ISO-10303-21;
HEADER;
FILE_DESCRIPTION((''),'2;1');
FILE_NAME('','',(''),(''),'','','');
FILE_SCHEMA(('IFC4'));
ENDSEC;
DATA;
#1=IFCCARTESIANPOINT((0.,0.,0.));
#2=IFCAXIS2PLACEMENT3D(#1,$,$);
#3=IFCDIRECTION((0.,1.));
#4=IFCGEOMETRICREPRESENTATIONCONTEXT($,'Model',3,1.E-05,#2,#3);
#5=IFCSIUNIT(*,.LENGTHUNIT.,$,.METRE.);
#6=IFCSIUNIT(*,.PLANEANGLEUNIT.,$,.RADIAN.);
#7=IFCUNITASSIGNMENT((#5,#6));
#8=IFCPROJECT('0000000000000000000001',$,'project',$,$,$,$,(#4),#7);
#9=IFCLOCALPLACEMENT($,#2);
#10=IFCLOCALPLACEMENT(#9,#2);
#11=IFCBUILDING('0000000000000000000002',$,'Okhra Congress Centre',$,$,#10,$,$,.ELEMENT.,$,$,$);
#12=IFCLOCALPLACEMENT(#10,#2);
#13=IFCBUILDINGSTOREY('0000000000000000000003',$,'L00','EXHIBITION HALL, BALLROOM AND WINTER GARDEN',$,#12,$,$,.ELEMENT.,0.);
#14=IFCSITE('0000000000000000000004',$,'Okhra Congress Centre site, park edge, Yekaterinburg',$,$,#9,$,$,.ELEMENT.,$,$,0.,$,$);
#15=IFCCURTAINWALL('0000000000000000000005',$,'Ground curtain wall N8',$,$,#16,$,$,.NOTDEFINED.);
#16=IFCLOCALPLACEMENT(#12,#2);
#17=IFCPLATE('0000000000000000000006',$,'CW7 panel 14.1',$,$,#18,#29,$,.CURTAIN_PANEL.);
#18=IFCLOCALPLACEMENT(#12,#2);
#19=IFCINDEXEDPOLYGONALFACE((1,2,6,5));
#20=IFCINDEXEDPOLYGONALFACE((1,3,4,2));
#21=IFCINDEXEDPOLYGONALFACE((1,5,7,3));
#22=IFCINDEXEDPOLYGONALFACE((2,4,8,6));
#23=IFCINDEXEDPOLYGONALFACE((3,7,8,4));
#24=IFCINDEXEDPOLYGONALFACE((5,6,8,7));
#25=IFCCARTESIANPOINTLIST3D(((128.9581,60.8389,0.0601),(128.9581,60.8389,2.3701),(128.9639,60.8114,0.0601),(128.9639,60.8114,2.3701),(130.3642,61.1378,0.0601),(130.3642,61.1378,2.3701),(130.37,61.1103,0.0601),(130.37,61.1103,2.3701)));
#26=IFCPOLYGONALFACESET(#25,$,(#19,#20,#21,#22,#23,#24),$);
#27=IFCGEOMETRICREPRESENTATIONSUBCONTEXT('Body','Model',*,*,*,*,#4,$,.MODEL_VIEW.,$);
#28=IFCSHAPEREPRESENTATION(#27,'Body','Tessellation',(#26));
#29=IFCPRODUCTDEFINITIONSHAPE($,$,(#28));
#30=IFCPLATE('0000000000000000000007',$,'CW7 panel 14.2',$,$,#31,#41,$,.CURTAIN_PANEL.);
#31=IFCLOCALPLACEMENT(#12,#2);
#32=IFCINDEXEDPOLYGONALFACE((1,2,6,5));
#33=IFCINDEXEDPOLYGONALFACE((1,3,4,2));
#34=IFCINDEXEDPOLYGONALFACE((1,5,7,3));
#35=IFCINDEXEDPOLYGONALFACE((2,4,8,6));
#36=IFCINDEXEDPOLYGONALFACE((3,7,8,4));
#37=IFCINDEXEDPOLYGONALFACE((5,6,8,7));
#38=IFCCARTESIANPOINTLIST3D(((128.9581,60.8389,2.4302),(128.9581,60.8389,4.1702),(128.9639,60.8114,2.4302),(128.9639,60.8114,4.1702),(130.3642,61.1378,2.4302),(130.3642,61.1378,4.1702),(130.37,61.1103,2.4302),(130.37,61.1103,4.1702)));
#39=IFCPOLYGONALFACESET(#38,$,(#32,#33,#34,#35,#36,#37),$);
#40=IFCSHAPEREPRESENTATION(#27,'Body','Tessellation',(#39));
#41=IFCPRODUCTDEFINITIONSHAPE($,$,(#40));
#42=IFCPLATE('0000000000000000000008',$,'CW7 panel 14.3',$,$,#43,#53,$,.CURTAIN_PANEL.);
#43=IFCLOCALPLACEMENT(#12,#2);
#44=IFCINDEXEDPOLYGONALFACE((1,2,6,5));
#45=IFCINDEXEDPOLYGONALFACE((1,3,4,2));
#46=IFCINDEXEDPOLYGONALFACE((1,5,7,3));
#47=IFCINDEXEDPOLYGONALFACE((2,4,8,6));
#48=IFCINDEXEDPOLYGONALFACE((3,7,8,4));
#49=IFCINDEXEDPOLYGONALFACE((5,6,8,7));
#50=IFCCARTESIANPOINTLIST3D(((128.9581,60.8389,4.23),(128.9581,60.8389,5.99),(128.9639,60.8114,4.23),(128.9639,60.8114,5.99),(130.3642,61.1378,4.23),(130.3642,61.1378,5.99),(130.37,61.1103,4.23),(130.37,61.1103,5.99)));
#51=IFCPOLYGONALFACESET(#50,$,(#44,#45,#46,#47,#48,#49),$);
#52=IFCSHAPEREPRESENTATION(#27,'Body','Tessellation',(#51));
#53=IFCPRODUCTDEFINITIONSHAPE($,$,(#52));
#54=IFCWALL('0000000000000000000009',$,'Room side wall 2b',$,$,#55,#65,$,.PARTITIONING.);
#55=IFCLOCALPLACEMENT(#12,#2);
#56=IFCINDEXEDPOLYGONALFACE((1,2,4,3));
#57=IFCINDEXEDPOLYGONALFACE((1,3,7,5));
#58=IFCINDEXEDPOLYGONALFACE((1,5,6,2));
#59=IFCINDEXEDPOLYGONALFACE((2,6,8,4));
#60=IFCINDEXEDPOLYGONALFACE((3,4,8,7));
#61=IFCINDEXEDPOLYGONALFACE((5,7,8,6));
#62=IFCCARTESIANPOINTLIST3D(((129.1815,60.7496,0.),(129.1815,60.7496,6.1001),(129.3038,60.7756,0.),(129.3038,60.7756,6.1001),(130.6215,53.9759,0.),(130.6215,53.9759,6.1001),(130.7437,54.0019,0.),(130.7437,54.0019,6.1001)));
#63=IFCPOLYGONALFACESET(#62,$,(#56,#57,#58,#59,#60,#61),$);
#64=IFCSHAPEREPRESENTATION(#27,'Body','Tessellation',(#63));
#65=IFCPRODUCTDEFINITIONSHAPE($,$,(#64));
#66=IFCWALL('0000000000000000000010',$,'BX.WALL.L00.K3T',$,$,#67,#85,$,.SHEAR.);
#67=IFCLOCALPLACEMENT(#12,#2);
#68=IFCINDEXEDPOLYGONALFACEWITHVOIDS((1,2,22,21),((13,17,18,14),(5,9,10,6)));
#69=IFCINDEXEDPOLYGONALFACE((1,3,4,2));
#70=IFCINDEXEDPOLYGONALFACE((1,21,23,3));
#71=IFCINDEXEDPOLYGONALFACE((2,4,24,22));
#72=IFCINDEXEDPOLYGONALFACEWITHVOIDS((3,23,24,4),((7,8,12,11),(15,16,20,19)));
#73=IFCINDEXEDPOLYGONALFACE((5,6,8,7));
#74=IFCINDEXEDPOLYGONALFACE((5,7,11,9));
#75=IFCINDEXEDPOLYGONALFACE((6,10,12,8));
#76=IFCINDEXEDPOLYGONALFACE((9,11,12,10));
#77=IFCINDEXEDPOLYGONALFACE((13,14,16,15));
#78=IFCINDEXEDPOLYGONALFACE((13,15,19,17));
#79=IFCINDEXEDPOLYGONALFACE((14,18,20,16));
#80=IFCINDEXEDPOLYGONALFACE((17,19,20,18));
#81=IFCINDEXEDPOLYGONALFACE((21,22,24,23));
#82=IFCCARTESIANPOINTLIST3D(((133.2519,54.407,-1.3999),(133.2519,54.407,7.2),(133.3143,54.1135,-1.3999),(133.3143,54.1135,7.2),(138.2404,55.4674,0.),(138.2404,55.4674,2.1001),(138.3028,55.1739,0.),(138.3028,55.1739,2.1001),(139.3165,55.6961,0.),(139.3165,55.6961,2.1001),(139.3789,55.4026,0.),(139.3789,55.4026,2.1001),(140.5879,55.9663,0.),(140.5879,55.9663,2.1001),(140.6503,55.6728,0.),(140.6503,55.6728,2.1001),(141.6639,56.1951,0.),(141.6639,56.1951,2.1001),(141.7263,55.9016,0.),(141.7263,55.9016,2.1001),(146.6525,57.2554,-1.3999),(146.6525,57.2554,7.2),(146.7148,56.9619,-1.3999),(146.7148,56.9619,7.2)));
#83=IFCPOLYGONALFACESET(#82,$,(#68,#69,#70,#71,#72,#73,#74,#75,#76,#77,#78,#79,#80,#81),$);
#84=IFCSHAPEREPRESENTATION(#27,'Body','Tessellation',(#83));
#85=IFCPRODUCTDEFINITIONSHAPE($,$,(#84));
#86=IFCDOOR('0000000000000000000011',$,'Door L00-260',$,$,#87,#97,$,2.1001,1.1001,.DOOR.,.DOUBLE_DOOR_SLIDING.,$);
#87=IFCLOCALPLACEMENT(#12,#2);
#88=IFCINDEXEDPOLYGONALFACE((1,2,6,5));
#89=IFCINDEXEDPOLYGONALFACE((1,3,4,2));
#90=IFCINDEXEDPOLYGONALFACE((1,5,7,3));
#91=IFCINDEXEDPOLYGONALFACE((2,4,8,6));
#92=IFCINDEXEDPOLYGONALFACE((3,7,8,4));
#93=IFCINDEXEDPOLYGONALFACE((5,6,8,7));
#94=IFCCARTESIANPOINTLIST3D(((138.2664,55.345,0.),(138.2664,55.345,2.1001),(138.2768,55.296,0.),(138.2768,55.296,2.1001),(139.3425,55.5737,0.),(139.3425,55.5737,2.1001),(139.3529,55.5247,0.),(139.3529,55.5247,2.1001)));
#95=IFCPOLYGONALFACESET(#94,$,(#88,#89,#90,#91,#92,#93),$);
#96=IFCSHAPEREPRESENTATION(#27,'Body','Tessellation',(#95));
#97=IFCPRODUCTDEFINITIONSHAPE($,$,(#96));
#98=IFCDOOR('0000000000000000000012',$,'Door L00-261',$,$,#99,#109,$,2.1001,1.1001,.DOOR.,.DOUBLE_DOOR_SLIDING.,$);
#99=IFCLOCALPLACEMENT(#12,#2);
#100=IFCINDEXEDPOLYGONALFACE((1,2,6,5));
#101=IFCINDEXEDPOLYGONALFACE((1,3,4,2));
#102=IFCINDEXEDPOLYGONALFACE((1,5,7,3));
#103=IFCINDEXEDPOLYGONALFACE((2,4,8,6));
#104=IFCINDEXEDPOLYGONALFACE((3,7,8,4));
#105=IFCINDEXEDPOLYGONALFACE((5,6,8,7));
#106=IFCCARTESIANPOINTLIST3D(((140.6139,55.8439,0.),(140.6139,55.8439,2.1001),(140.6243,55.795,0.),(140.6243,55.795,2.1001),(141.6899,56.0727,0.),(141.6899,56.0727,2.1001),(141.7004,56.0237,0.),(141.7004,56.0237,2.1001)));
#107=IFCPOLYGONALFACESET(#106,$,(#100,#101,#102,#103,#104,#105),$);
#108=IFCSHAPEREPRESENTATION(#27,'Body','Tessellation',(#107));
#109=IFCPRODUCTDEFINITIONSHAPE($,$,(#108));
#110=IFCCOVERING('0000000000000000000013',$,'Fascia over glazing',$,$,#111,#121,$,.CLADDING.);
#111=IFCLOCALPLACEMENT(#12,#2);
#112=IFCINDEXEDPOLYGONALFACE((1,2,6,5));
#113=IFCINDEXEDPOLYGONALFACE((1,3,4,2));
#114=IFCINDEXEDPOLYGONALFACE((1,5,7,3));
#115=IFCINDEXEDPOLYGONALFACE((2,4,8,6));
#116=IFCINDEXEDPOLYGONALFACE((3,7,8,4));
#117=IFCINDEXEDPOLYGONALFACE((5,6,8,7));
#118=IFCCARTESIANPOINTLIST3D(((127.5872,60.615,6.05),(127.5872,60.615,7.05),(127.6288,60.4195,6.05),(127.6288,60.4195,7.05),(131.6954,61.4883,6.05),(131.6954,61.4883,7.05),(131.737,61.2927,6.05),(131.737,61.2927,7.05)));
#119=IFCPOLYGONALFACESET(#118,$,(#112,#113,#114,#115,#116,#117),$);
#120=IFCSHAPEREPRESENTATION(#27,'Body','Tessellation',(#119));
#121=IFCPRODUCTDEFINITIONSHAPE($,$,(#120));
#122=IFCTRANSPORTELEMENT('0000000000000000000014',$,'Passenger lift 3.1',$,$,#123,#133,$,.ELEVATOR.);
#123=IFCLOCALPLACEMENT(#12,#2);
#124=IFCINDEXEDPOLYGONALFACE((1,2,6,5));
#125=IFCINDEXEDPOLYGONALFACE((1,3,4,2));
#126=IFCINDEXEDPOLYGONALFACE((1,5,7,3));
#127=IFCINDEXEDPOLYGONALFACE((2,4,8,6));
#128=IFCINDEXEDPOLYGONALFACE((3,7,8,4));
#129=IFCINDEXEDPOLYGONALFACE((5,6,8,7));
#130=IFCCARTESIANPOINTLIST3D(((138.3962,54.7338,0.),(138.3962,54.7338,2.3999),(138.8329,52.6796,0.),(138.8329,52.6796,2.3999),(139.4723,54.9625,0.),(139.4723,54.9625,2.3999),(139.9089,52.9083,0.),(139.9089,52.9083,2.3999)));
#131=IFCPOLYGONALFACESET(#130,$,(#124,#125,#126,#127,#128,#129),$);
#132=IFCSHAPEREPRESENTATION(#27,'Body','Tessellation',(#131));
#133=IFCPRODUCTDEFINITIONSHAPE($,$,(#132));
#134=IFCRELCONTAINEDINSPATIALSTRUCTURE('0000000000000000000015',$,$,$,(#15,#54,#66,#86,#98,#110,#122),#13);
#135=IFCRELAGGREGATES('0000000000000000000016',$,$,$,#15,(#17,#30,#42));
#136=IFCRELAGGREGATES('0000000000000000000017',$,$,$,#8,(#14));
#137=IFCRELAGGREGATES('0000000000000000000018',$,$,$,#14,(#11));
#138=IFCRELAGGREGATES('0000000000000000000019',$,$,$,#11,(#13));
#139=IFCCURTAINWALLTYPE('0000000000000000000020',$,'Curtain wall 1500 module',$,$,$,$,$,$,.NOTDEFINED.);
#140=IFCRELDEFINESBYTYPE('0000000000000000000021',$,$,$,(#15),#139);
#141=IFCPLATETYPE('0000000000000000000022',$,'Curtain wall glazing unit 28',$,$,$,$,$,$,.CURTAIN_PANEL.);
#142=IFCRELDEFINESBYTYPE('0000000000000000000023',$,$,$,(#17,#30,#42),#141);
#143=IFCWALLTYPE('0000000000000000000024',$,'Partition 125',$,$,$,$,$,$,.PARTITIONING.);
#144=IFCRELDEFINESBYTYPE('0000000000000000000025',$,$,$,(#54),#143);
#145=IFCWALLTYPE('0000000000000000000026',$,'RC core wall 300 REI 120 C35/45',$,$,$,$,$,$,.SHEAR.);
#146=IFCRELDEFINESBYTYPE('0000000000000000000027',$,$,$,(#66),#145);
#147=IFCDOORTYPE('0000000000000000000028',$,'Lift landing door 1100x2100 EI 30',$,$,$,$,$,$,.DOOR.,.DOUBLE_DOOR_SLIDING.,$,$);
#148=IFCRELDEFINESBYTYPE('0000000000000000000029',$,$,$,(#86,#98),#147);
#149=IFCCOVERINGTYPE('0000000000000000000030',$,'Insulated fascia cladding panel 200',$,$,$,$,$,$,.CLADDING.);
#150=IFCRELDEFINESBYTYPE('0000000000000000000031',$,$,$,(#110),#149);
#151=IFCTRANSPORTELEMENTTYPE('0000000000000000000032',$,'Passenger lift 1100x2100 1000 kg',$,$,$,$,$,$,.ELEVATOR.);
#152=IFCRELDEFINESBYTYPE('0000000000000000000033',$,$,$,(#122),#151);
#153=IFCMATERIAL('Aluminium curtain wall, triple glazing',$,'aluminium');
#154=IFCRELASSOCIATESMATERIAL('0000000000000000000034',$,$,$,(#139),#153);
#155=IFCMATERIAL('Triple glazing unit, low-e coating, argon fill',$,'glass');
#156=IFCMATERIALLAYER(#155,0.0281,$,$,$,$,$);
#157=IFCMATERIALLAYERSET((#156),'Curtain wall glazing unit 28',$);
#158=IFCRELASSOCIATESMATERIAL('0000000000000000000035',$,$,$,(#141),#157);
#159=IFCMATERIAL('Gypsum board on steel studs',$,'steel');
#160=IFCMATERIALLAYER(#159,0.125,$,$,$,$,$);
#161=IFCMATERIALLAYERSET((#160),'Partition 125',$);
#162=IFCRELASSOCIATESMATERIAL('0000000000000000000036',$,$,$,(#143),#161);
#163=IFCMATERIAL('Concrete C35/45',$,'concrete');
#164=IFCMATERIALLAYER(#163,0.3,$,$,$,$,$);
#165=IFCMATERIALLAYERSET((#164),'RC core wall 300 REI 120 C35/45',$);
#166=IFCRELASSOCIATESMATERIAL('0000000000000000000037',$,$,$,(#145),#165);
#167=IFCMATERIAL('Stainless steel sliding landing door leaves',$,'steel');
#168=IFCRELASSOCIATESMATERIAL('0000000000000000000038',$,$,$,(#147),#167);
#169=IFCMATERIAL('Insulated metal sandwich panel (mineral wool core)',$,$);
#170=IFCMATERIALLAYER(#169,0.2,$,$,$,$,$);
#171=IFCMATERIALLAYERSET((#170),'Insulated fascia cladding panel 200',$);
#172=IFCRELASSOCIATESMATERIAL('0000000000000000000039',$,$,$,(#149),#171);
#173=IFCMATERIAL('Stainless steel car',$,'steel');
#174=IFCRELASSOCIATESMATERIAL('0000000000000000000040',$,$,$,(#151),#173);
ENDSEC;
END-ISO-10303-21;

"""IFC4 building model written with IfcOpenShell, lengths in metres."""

from ifc_helpers import new_model, si_unit, direction, frame, frame_2d, origin, origin_2d, place, context, subcontext, project, spatial, rectangle, extrude, material, layer, layer_set, type_object, element, fill, aggregate, save


model = new_model("IFC4")

# Units and contexts
model_context = context("Model", 3, precision=1e-05, world=origin(), true_north=direction((0.0, 1.0)))
body_context = subcontext(model_context, "Body", "Model", "MODEL_VIEW")
ifc_project = project(units=[si_unit("LENGTHUNIT", "METRE"), si_unit("PLANEANGLEUNIT", "RADIAN")], contexts=[model_context])

# Site, building, storey
site_placement = place(None, origin())
site = spatial("IfcSite", under=ifc_project, at=site_placement, Name="Okhra Congress Centre site, park edge, Yekaterinburg", CompositionType="ELEMENT", RefElevation=0.0)
building_placement = place(site_placement, origin())
building = spatial("IfcBuilding", under=site, at=building_placement, Name="Okhra Congress Centre", CompositionType="ELEMENT")
storey_placement = place(building_placement, origin())
storey = spatial("IfcBuildingStorey", under=building, at=storey_placement, Name="L00", Description="EXHIBITION HALL, BALLROOM AND WINTER GARDEN", CompositionType="ELEMENT", Elevation=0.0)

# Curtain wall
ifc_material_1 = material(Name="Aluminium curtain wall, triple glazing", Category="aluminium")
curtain_wall_type = type_object("IfcCurtainWallType", Name="Curtain wall 1500 module", PredefinedType="NOTDEFINED", material=ifc_material_1)
curtain_wall_placement = place(storey_placement, origin())
curtain_wall = element("IfcCurtainWall", 1, at=curtain_wall_placement, inside=storey, type_object=curtain_wall_type, Name="Ground curtain wall N8", PredefinedType="NOTDEFINED")

# Plates
ifc_material_2 = material(Name="Triple glazing unit, low-e coating, argon fill", Category="glass")
ifc_layer_1 = layer(ifc_material_2, 0.0281)
ifc_layer_set_1 = layer_set([ifc_layer_1], Name="Curtain wall glazing unit 28")
plate_type = type_object("IfcPlateType", Name="Curtain wall glazing unit 28", PredefinedType="CURTAIN_PANEL", material=ifc_layer_set_1)
plate_1_placement = place(storey_placement, frame((129.6641, 60.9746, 0.0601), z_axis=(0.0, 0.0, 1.0), x_axis=(0.978148, 0.207912, 0.0)))
plate_1 = element("IfcPlate", 2, at=plate_1_placement, type_object=plate_type, Name="CW7 panel 14.1", PredefinedType="CURTAIN_PANEL", context=body_context, shape_type="SweptSolid", body=[
    extrude(rectangle(XDim=1.4375, YDim=0.0281, at=origin_2d()), origin(), (0.0, 0.0, 1.0), 2.3101),
])
plate_2_placement = place(storey_placement, frame((129.6641, 60.9746, 2.4302), z_axis=(0.0, 0.0, 1.0), x_axis=(0.978148, 0.207912, 0.0)))
plate_2 = element("IfcPlate", 3, at=plate_2_placement, type_object=plate_type, Name="CW7 panel 14.2", PredefinedType="CURTAIN_PANEL", context=body_context, shape_type="SweptSolid", body=[
    extrude(rectangle(XDim=1.4375, YDim=0.0281, at=origin_2d()), origin(), (0.0, 0.0, 1.0), 1.74),
])
plate_3_placement = place(storey_placement, frame((129.6641, 60.9746, 4.23), z_axis=(0.0, 0.0, 1.0), x_axis=(0.978148, 0.207912, 0.0)))
plate_3 = element("IfcPlate", 4, at=plate_3_placement, type_object=plate_type, Name="CW7 panel 14.3", PredefinedType="CURTAIN_PANEL", context=body_context, shape_type="SweptSolid", body=[
    extrude(rectangle(XDim=1.4375, YDim=0.0281, at=origin_2d()), origin(), (0.0, 0.0, 1.0), 1.76),
])
aggregate(curtain_wall, [plate_1, plate_2, plate_3])

# Wall
ifc_material_3 = material(Name="Gypsum board on steel studs", Category="steel")
ifc_layer_2 = layer(ifc_material_3, 0.125)
ifc_layer_set_2 = layer_set([ifc_layer_2], Name="Partition 125")
wall_type_1 = type_object("IfcWallType", Name="Partition 125", PredefinedType="PARTITIONING", material=ifc_layer_set_2)
wall_1_placement = place(storey_placement, frame((129.2427, 60.7625, 0.0), z_axis=(0.0, 0.0, 1.0), x_axis=(0.207933, -0.978143, 0.0)))
element("IfcWall", 5, at=wall_1_placement, inside=storey, type_object=wall_type_1, Name="Room side wall 2b", PredefinedType="PARTITIONING", context=body_context, shape_type="SweptSolid", body=[
    extrude(rectangle(XDim=6.925, YDim=0.125, at=frame_2d((3.4624, 0.0))), origin(), (0.0, 0.0, 1.0), 6.1001),
])

# Wall, openings, doors
ifc_material_4 = material(Name="Concrete C35/45", Category="concrete")
ifc_layer_3 = layer(ifc_material_4, 0.3)
ifc_layer_set_3 = layer_set([ifc_layer_3], Name="RC core wall 300 REI 120 C35/45")
wall_type_2 = type_object("IfcWallType", Name="RC core wall 300 REI 120 C35/45", PredefinedType="SHEAR", material=ifc_layer_set_3)
wall_2_placement = place(storey_placement, frame((133.283, 54.2603, -1.3999), z_axis=(0.0, 0.0, 1.0), x_axis=(0.978148, 0.207911, 0.0)))
wall_2 = element("IfcWall", 6, at=wall_2_placement, inside=storey, type_object=wall_type_2, Name="BX.WALL.L00.K3T", PredefinedType="SHEAR", context=body_context, shape_type="SweptSolid", body=[
    extrude(rectangle(XDim=13.7, YDim=0.3, at=frame_2d((6.8501, 0.0))), origin(), (0.0, 0.0, 1.0), 8.5999),
])
opening_1_placement = place(wall_2_placement, frame((5.1001, 0.0, 1.3999)))
opening_1 = element("IfcOpeningElement", 7, at=opening_1_placement, cuts=wall_2, PredefinedType="OPENING", context=body_context, shape_type="SweptSolid", body=[
    extrude(rectangle(XDim=1.1001, YDim=2.1001, at=frame_2d((0.55, 1.05))), frame((0.0, 0.1599, 0.0), z_axis=(0.0, -1.0, 0.0), x_axis=(1.0, 0.0, 0.0)), (0.0, 0.0, 1.0), 0.3201),
])
opening_2_placement = place(wall_2_placement, frame((7.5, 0.0, 1.3999)))
opening_2 = element("IfcOpeningElement", 8, at=opening_2_placement, cuts=wall_2, PredefinedType="OPENING", context=body_context, shape_type="SweptSolid", body=[
    extrude(rectangle(XDim=1.1001, YDim=2.1001, at=frame_2d((0.55, 1.05))), frame((0.0, 0.1599, 0.0), z_axis=(0.0, -1.0, 0.0), x_axis=(1.0, 0.0, 0.0)), (0.0, 0.0, 1.0), 0.3201),
])
ifc_material_5 = material(Name="Stainless steel sliding landing door leaves", Category="steel")
door_type_1 = type_object("IfcDoorType", Name="Lift landing door 1100x2100 EI 30", OperationType="DOUBLE_DOOR_SLIDING", PredefinedType="DOOR", material=ifc_material_5)
door_1_placement = place(opening_1_placement, origin())
door_1 = element("IfcDoor", 9, at=door_1_placement, inside=storey, type_object=door_type_1, Name="Door L00-260", OperationType="DOUBLE_DOOR_SLIDING", OverallHeight=2.1001, OverallWidth=1.1001, PredefinedType="DOOR", context=body_context, shape_type="SweptSolid", body=[
    extrude(rectangle(XDim=1.1001, YDim=2.1001, at=frame_2d((0.55, 1.05))), frame((0.0, 0.0249, 0.0), z_axis=(0.0, -1.0, 0.0), x_axis=(1.0, 0.0, 0.0)), (0.0, 0.0, 1.0), 0.05),
])
fill(opening_1, door_1)
door_2_placement = place(opening_2_placement, origin())
door_2 = element("IfcDoor", 10, at=door_2_placement, inside=storey, type_object=door_type_1, Name="Door L00-261", OperationType="DOUBLE_DOOR_SLIDING", OverallHeight=2.1001, OverallWidth=1.1001, PredefinedType="DOOR", context=body_context, shape_type="SweptSolid", body=[
    extrude(rectangle(XDim=1.1001, YDim=2.1001, at=frame_2d((0.55, 1.05))), frame((0.0, 0.0249, 0.0), z_axis=(0.0, -1.0, 0.0), x_axis=(1.0, 0.0, 0.0)), (0.0, 0.0, 1.0), 0.05),
])
fill(opening_2, door_2)

# Covering
ifc_material_6 = material(Name="Insulated metal sandwich panel (mineral wool core)")
ifc_layer_4 = layer(ifc_material_6, 0.2)
ifc_layer_set_4 = layer_set([ifc_layer_4], Name="Insulated fascia cladding panel 200")
covering_type = type_object("IfcCoveringType", Name="Insulated fascia cladding panel 200", PredefinedType="CLADDING", material=ifc_layer_set_4)
covering_placement = place(storey_placement, frame((129.6621, 60.9539, 6.05), z_axis=(0.0, 0.0, 1.0), x_axis=(0.978148, 0.207912, 0.0)))
element("IfcCovering", 11, at=covering_placement, inside=storey, type_object=covering_type, Name="Fascia over glazing", PredefinedType="CLADDING", context=body_context, shape_type="SweptSolid", body=[
    extrude(rectangle(XDim=4.2, YDim=0.2, at=origin_2d()), origin(), (0.0, 0.0, 1.0), 1.0),
])

# Transport element
ifc_material_7 = material(Name="Stainless steel car", Category="steel")
transport_element_type = type_object("IfcTransportElementType", Name="Passenger lift 1100x2100 1000 kg", PredefinedType="ELEVATOR", material=ifc_material_7)
transport_element_placement = place(storey_placement, frame((139.1526, 53.821, 0.0), z_axis=(0.0, 0.0, 1.0), x_axis=(0.978148, 0.207912, 0.0)))
element("IfcTransportElement", 12, at=transport_element_placement, inside=storey, type_object=transport_element_type, Name="Passenger lift 3.1", PredefinedType="ELEVATOR", context=body_context, shape_type="SweptSolid", body=[
    extrude(rectangle(XDim=1.1001, YDim=2.1001, at=origin_2d()), origin(), (0.0, 0.0, 1.0), 2.3999),
])

save(model, "model.ifc")
